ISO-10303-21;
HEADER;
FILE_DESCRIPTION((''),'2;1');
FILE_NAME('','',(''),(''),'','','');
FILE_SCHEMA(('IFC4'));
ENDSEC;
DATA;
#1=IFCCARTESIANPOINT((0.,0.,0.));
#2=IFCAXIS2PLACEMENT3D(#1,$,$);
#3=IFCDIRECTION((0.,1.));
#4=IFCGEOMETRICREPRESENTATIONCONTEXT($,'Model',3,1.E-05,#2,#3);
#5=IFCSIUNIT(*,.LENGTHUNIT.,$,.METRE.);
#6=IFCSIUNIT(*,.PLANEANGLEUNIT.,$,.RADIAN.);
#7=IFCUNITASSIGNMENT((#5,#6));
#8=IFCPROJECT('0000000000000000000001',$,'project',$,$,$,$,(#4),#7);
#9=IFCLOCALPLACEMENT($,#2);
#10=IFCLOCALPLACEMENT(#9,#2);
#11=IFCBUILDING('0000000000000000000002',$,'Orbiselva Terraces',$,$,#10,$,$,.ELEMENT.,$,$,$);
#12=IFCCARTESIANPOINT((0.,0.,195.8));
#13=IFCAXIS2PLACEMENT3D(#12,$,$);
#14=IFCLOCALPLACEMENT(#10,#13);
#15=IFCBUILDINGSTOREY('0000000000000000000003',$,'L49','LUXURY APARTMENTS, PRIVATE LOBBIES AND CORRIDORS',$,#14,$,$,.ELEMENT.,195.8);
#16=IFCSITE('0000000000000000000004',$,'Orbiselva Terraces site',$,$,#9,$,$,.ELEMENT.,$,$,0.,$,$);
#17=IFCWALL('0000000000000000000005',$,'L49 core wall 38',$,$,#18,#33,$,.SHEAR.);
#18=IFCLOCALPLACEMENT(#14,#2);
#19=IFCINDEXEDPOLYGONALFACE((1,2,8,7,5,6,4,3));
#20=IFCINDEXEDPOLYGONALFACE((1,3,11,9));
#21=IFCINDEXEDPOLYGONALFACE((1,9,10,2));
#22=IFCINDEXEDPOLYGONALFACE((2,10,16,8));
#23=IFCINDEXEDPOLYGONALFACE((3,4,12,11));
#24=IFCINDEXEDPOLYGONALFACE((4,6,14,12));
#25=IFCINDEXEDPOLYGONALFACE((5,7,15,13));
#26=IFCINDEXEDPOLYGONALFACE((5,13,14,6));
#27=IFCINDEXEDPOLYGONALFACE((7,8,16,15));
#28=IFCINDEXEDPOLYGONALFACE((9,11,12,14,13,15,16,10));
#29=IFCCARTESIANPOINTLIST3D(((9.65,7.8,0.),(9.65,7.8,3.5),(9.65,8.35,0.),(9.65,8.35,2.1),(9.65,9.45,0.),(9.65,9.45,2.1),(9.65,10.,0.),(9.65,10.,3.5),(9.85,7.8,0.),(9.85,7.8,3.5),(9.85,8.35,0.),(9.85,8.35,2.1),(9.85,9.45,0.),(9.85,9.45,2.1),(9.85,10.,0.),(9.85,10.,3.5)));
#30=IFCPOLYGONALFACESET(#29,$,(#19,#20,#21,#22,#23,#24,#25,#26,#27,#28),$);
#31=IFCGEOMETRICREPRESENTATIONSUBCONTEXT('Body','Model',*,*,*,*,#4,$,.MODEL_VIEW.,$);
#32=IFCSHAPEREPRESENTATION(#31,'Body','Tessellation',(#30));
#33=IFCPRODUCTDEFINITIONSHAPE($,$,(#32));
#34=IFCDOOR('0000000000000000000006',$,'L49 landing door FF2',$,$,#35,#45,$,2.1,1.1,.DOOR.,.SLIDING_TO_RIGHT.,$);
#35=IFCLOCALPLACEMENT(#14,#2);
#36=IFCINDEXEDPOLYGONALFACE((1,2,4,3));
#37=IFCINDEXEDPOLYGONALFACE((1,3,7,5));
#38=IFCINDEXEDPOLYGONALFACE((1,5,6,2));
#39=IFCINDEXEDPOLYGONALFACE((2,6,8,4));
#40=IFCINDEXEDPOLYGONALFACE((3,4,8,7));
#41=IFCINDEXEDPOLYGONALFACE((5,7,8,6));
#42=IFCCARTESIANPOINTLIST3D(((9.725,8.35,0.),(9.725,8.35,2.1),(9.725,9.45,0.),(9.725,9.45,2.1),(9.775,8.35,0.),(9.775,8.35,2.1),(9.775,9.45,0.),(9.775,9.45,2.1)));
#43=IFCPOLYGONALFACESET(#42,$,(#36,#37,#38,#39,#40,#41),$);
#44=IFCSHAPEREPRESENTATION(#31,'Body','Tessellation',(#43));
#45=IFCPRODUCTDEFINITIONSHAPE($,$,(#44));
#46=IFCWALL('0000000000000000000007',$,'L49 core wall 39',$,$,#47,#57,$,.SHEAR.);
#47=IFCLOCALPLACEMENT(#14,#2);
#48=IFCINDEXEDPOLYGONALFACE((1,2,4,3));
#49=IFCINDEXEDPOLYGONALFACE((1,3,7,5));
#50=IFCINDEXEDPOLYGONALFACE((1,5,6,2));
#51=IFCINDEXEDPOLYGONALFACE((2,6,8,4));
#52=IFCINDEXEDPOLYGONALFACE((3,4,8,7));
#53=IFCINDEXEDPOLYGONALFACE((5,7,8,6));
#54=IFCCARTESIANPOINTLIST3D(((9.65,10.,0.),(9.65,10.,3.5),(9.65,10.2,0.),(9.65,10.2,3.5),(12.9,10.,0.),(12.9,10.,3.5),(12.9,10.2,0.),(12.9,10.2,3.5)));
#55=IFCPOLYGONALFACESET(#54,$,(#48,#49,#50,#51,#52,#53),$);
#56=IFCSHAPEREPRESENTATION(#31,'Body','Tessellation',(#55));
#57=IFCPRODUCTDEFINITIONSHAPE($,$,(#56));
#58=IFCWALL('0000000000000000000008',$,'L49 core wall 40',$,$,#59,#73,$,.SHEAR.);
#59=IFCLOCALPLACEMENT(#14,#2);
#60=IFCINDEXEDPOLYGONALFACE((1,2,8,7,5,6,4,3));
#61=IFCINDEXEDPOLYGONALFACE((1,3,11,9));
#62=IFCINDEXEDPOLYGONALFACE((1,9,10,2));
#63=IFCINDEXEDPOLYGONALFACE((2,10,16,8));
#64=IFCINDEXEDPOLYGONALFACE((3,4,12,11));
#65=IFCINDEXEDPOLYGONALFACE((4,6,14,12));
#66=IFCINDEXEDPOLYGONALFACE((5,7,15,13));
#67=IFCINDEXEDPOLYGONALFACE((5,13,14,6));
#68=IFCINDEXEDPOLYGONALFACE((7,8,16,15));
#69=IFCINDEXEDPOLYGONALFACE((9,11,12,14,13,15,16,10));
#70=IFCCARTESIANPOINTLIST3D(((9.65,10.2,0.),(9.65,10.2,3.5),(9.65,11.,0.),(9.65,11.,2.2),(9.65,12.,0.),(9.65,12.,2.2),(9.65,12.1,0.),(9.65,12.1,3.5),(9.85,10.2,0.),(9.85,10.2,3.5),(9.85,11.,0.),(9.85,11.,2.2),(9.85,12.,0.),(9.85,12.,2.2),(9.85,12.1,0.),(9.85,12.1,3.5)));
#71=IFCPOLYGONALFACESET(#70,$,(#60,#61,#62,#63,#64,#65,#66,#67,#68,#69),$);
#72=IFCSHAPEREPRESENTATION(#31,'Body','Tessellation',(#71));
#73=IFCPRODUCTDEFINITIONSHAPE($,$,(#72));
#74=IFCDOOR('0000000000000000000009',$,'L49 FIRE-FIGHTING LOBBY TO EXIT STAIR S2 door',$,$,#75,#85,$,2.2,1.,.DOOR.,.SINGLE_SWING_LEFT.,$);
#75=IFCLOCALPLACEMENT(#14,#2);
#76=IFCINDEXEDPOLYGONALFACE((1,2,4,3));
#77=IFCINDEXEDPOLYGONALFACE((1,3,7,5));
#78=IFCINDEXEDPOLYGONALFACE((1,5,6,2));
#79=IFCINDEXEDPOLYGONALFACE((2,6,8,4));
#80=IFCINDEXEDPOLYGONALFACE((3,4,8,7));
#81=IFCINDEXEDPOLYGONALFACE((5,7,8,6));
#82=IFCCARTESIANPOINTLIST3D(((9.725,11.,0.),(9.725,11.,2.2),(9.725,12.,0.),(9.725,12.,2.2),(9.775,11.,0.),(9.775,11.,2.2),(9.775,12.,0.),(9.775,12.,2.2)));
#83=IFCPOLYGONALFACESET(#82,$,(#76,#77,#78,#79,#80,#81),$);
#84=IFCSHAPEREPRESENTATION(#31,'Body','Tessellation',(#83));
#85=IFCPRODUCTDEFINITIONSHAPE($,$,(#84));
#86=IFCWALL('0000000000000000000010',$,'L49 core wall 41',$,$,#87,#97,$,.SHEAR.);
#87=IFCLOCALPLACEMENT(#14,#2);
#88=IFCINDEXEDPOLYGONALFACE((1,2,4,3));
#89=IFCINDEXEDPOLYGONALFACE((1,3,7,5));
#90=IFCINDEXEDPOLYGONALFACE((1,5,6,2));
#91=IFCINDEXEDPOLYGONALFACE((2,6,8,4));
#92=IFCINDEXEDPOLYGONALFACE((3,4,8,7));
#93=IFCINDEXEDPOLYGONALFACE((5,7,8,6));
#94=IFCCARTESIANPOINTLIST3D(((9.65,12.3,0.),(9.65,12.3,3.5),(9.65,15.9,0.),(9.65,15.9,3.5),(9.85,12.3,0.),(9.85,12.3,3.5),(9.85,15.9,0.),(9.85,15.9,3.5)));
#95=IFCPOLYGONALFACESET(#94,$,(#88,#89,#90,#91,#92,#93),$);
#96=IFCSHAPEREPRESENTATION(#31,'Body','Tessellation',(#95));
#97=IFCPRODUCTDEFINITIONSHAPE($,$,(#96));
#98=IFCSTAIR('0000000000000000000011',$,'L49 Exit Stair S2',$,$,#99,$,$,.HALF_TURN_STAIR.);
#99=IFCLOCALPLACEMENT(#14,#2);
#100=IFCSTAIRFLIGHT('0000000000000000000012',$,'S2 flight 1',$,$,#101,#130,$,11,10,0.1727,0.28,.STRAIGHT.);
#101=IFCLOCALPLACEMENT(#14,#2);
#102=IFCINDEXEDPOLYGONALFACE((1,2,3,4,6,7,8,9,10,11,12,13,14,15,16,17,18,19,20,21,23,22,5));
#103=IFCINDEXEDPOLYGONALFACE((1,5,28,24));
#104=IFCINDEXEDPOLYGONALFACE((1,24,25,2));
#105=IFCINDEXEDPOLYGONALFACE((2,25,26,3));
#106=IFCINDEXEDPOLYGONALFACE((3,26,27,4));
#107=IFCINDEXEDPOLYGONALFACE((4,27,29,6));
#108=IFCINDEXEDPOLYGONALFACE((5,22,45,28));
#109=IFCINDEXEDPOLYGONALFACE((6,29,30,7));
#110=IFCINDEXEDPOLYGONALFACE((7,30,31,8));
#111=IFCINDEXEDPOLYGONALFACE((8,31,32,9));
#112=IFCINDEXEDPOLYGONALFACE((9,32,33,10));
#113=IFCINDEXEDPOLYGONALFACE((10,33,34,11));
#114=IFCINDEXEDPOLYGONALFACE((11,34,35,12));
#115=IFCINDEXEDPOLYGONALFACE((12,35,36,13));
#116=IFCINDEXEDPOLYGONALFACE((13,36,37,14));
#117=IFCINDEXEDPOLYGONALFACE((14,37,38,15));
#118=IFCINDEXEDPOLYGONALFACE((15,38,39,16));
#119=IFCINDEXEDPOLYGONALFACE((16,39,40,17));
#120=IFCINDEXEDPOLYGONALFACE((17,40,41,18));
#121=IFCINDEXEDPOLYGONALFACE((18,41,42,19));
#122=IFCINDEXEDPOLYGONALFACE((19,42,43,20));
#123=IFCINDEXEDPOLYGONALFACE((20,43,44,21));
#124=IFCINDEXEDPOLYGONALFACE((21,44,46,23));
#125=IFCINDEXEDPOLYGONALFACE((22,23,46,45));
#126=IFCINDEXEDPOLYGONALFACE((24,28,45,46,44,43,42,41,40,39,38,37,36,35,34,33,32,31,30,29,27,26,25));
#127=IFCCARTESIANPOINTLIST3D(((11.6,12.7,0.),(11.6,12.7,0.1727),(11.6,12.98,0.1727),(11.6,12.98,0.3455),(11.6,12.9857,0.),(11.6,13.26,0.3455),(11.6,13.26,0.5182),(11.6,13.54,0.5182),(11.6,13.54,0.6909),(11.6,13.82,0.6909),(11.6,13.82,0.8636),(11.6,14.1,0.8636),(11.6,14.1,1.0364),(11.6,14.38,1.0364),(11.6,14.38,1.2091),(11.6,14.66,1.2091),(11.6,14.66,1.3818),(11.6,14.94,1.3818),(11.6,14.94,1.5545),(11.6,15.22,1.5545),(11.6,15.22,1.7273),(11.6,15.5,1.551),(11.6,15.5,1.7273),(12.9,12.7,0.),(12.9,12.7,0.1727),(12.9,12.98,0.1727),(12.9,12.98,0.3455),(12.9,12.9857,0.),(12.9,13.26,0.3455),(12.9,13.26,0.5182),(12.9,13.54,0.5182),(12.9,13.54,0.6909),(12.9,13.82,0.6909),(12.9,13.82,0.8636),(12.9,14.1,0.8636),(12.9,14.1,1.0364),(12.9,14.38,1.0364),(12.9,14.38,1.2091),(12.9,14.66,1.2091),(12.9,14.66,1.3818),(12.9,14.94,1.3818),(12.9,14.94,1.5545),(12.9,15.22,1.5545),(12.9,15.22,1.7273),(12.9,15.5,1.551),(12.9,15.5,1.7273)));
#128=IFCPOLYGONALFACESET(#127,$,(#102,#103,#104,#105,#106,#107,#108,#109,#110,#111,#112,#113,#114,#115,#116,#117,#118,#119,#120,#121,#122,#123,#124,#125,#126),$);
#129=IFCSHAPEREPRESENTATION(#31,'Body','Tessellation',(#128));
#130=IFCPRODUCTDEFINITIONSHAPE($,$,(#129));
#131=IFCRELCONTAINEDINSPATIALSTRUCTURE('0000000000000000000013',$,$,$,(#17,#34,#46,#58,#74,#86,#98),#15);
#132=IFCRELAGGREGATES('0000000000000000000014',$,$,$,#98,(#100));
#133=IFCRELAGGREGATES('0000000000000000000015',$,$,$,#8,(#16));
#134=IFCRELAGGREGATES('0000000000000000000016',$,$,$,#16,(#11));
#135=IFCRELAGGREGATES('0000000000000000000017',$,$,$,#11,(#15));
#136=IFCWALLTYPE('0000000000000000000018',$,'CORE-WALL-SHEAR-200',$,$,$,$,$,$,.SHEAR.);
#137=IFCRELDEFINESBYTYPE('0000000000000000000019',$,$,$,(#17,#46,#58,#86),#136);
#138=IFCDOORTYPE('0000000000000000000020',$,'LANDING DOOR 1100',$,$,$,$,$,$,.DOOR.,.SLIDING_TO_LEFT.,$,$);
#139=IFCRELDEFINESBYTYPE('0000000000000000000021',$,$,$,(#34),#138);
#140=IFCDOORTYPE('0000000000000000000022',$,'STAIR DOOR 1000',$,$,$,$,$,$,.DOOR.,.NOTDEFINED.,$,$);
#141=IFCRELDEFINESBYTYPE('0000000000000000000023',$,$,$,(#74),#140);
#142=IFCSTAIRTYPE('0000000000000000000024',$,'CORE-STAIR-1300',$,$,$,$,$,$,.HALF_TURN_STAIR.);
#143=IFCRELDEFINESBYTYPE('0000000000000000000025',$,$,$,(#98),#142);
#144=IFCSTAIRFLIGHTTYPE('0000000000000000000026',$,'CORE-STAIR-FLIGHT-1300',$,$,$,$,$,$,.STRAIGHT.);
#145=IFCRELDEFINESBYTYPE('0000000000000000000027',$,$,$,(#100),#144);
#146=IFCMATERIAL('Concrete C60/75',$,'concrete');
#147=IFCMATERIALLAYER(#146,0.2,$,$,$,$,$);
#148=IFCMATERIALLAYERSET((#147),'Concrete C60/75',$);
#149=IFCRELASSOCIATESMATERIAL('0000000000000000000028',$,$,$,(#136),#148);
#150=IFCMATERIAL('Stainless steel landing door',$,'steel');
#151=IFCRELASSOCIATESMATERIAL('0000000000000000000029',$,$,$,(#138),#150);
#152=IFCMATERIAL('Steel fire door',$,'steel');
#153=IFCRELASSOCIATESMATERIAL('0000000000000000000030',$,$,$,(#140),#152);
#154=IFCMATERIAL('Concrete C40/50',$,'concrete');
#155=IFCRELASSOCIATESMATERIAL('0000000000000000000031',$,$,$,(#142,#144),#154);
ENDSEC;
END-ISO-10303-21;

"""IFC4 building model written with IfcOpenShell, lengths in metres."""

from ifc_helpers import new_model, si_unit, direction, frame, frame_2d, origin, place, context, subcontext, project, spatial, polyline, rectangle, outline, extrude, material, layer, layer_set, type_object, element, fill, aggregate, save


model = new_model("IFC4")

# Units and contexts
model_context = context("Model", 3, precision=1e-05, world=origin(), true_north=direction((0.0, 1.0)))
body_context = subcontext(model_context, "Body", "Model", "MODEL_VIEW")
ifc_project = project(units=[si_unit("LENGTHUNIT", "METRE"), si_unit("PLANEANGLEUNIT", "RADIAN")], contexts=[model_context])

# Site, building, storey
site_placement = place(None, origin())
site = spatial("IfcSite", under=ifc_project, at=site_placement, Name="Orbiselva Terraces site", CompositionType="ELEMENT", RefElevation=0.0)
building_placement = place(site_placement, origin())
building = spatial("IfcBuilding", under=site, at=building_placement, Name="Orbiselva Terraces", CompositionType="ELEMENT")
storey_placement = place(building_placement, frame((0.0, 0.0, 195.8)))
storey = spatial("IfcBuildingStorey", under=building, at=storey_placement, Name="L49", Description="LUXURY APARTMENTS, PRIVATE LOBBIES AND CORRIDORS", CompositionType="ELEMENT", Elevation=195.8)

# Shared definitions
ifc_material_1 = material(Name="Steel fire door", Category="steel")

# Shared definitions
ifc_material_2 = material(Name="Concrete C60/75", Category="concrete")
ifc_layer_1 = layer(ifc_material_2, 0.2)
ifc_layer_set_1 = layer_set([ifc_layer_1], Name="Concrete C60/75")
wall_type_1 = type_object("IfcWallType", Name="CORE-WALL-SHEAR-200", PredefinedType="SHEAR", material=ifc_layer_set_1)

# Shared definitions
ifc_material_3 = material(Name="Stainless steel landing door", Category="steel")
door_type_1 = type_object("IfcDoorType", Name="LANDING DOOR 1100", OperationType="SLIDING_TO_LEFT", PredefinedType="DOOR", material=ifc_material_3)

# Wall, opening, door
wall_1_placement = place(storey_placement, frame((9.75, 7.8, 0.0), z_axis=(0.0, 0.0, 1.0), x_axis=(0.0, 1.0, 0.0)))
wall_1 = element("IfcWall", 1, at=wall_1_placement, inside=storey, type_object=wall_type_1, Name="L49 core wall 38", PredefinedType="SHEAR", context=body_context, shape_type="SweptSolid", body=[
    extrude(rectangle(XDim=2.2, YDim=0.2, at=frame_2d((1.1, 0.0))), origin(), (0.0, 0.0, 1.0), 3.5),
])
opening_1_placement = place(wall_1_placement, frame((0.55, 0.0, 0.0)))
opening_1 = element("IfcOpeningElement", 2, at=opening_1_placement, cuts=wall_1, PredefinedType="OPENING", context=body_context, shape_type="SweptSolid", body=[
    extrude(rectangle(XDim=1.1, YDim=2.1, at=frame_2d((0.55, 1.05))), frame((0.0, 0.11, 0.0), z_axis=(0.0, -1.0, 0.0), x_axis=(1.0, 0.0, 0.0)), (0.0, 0.0, 1.0), 0.22),
])
door_1_placement = place(opening_1_placement, origin())
door_1 = element("IfcDoor", 3, at=door_1_placement, inside=storey, type_object=door_type_1, Name="L49 landing door FF2", OperationType="SLIDING_TO_RIGHT", OverallHeight=2.1, OverallWidth=1.1, PredefinedType="DOOR", context=body_context, shape_type="SweptSolid", body=[
    extrude(rectangle(XDim=1.1, YDim=2.1, at=frame_2d((0.55, 1.05))), frame((0.0, 0.025, 0.0), z_axis=(0.0, -1.0, 0.0), x_axis=(1.0, 0.0, 0.0)), (0.0, 0.0, 1.0), 0.05),
])
fill(opening_1, door_1)

# Wall
wall_2_placement = place(storey_placement, frame((9.65, 10.1, 0.0), z_axis=(0.0, 0.0, 1.0), x_axis=(1.0, 0.0, 0.0)))
element("IfcWall", 4, at=wall_2_placement, inside=storey, type_object=wall_type_1, Name="L49 core wall 39", PredefinedType="SHEAR", context=body_context, shape_type="SweptSolid", body=[
    extrude(rectangle(XDim=3.25, YDim=0.2, at=frame_2d((1.625, 0.0))), origin(), (0.0, 0.0, 1.0), 3.5),
])

# Wall, opening, door
wall_3_placement = place(storey_placement, frame((9.75, 12.1, 0.0), z_axis=(0.0, 0.0, 1.0), x_axis=(0.0, -1.0, 0.0)))
wall_3 = element("IfcWall", 5, at=wall_3_placement, inside=storey, type_object=wall_type_1, Name="L49 core wall 40", PredefinedType="SHEAR", context=body_context, shape_type="SweptSolid", body=[
    extrude(rectangle(XDim=1.9, YDim=0.2, at=frame_2d((0.95, 0.0))), origin(), (0.0, 0.0, 1.0), 3.5),
])
opening_2_placement = place(wall_3_placement, frame((0.1, 0.0, 0.0)))
opening_2 = element("IfcOpeningElement", 6, at=opening_2_placement, cuts=wall_3, PredefinedType="OPENING", context=body_context, shape_type="SweptSolid", body=[
    extrude(rectangle(XDim=1.0, YDim=2.2, at=frame_2d((0.5, 1.1))), frame((0.0, 0.11, 0.0), z_axis=(0.0, -1.0, 0.0), x_axis=(1.0, 0.0, 0.0)), (0.0, 0.0, 1.0), 0.22),
])
door_type_2 = type_object("IfcDoorType", Name="STAIR DOOR 1000", OperationType="NOTDEFINED", PredefinedType="DOOR", material=ifc_material_1)
door_2_placement = place(opening_2_placement, origin())
door_2 = element("IfcDoor", 7, at=door_2_placement, inside=storey, type_object=door_type_2, Name="L49 FIRE-FIGHTING LOBBY TO EXIT STAIR S2 door", OperationType="SINGLE_SWING_LEFT", OverallHeight=2.2, OverallWidth=1.0, PredefinedType="DOOR", context=body_context, shape_type="SweptSolid", body=[
    extrude(rectangle(XDim=1.0, YDim=2.2, at=frame_2d((0.5, 1.1))), frame((0.0, 0.025, 0.0), z_axis=(0.0, -1.0, 0.0), x_axis=(1.0, 0.0, 0.0)), (0.0, 0.0, 1.0), 0.05),
])
fill(opening_2, door_2)

# Wall
wall_4_placement = place(storey_placement, frame((9.75, 12.3, 0.0), z_axis=(0.0, 0.0, 1.0), x_axis=(0.0, 1.0, 0.0)))
element("IfcWall", 8, at=wall_4_placement, inside=storey, type_object=wall_type_1, Name="L49 core wall 41", PredefinedType="SHEAR", context=body_context, shape_type="SweptSolid", body=[
    extrude(rectangle(XDim=3.6, YDim=0.2, at=frame_2d((1.8, 0.0))), origin(), (0.0, 0.0, 1.0), 3.5),
])

# Stair, stair flight
ifc_material_4 = material(Name="Concrete C40/50", Category="concrete")
stair_type = type_object("IfcStairType", Name="CORE-STAIR-1300", PredefinedType="HALF_TURN_STAIR", material=ifc_material_4)
stair_placement = place(storey_placement, origin())
stair = element("IfcStair", 9, at=stair_placement, inside=storey, type_object=stair_type, Name="L49 Exit Stair S2", PredefinedType="HALF_TURN_STAIR")
stair_flight_type = type_object("IfcStairFlightType", Name="CORE-STAIR-FLIGHT-1300", PredefinedType="STRAIGHT", material=ifc_material_4)
stair_flight_placement = place(storey_placement, frame((12.25, 12.7, 0.0), z_axis=(0.0, 0.0, 1.0), x_axis=(0.0, 1.0, 0.0)))
stair_flight = element("IfcStairFlight", 10, at=stair_flight_placement, type_object=stair_flight_type, Name="S2 flight 1", NumberOfRisers=11, NumberOfTreads=10, PredefinedType="STRAIGHT", RiserHeight=0.1727, TreadLength=0.28, context=body_context, shape_type="SweptSolid", body=[
    extrude(outline(polyline([(0.0, 0.0), (0.0, 0.1727), (0.28, 0.1727), (0.28, 0.3455), (0.56, 0.3455), (0.56, 0.5182), (0.84, 0.5182), (0.84, 0.6909), (1.12, 0.6909), (1.12, 0.8636), (1.4, 0.8636), (1.4, 1.0364), (1.68, 1.0364), (1.68, 1.2091), (1.96, 1.2091), (1.96, 1.3818), (2.24, 1.3818), (2.24, 1.5545), (2.52, 1.5545), (2.52, 1.7273), (2.8, 1.7273), (2.8, 1.9), (2.8, 1.551), (0.2857, 0.0), (0.0, 0.0)])), frame((0.0, 0.65, 0.0), z_axis=(0.0, -1.0, 0.0), x_axis=(1.0, 0.0, 0.0)), (0.0, 0.0, 1.0), 1.3),
])
aggregate(stair, [stair_flight])

save(model, "model.ifc")
